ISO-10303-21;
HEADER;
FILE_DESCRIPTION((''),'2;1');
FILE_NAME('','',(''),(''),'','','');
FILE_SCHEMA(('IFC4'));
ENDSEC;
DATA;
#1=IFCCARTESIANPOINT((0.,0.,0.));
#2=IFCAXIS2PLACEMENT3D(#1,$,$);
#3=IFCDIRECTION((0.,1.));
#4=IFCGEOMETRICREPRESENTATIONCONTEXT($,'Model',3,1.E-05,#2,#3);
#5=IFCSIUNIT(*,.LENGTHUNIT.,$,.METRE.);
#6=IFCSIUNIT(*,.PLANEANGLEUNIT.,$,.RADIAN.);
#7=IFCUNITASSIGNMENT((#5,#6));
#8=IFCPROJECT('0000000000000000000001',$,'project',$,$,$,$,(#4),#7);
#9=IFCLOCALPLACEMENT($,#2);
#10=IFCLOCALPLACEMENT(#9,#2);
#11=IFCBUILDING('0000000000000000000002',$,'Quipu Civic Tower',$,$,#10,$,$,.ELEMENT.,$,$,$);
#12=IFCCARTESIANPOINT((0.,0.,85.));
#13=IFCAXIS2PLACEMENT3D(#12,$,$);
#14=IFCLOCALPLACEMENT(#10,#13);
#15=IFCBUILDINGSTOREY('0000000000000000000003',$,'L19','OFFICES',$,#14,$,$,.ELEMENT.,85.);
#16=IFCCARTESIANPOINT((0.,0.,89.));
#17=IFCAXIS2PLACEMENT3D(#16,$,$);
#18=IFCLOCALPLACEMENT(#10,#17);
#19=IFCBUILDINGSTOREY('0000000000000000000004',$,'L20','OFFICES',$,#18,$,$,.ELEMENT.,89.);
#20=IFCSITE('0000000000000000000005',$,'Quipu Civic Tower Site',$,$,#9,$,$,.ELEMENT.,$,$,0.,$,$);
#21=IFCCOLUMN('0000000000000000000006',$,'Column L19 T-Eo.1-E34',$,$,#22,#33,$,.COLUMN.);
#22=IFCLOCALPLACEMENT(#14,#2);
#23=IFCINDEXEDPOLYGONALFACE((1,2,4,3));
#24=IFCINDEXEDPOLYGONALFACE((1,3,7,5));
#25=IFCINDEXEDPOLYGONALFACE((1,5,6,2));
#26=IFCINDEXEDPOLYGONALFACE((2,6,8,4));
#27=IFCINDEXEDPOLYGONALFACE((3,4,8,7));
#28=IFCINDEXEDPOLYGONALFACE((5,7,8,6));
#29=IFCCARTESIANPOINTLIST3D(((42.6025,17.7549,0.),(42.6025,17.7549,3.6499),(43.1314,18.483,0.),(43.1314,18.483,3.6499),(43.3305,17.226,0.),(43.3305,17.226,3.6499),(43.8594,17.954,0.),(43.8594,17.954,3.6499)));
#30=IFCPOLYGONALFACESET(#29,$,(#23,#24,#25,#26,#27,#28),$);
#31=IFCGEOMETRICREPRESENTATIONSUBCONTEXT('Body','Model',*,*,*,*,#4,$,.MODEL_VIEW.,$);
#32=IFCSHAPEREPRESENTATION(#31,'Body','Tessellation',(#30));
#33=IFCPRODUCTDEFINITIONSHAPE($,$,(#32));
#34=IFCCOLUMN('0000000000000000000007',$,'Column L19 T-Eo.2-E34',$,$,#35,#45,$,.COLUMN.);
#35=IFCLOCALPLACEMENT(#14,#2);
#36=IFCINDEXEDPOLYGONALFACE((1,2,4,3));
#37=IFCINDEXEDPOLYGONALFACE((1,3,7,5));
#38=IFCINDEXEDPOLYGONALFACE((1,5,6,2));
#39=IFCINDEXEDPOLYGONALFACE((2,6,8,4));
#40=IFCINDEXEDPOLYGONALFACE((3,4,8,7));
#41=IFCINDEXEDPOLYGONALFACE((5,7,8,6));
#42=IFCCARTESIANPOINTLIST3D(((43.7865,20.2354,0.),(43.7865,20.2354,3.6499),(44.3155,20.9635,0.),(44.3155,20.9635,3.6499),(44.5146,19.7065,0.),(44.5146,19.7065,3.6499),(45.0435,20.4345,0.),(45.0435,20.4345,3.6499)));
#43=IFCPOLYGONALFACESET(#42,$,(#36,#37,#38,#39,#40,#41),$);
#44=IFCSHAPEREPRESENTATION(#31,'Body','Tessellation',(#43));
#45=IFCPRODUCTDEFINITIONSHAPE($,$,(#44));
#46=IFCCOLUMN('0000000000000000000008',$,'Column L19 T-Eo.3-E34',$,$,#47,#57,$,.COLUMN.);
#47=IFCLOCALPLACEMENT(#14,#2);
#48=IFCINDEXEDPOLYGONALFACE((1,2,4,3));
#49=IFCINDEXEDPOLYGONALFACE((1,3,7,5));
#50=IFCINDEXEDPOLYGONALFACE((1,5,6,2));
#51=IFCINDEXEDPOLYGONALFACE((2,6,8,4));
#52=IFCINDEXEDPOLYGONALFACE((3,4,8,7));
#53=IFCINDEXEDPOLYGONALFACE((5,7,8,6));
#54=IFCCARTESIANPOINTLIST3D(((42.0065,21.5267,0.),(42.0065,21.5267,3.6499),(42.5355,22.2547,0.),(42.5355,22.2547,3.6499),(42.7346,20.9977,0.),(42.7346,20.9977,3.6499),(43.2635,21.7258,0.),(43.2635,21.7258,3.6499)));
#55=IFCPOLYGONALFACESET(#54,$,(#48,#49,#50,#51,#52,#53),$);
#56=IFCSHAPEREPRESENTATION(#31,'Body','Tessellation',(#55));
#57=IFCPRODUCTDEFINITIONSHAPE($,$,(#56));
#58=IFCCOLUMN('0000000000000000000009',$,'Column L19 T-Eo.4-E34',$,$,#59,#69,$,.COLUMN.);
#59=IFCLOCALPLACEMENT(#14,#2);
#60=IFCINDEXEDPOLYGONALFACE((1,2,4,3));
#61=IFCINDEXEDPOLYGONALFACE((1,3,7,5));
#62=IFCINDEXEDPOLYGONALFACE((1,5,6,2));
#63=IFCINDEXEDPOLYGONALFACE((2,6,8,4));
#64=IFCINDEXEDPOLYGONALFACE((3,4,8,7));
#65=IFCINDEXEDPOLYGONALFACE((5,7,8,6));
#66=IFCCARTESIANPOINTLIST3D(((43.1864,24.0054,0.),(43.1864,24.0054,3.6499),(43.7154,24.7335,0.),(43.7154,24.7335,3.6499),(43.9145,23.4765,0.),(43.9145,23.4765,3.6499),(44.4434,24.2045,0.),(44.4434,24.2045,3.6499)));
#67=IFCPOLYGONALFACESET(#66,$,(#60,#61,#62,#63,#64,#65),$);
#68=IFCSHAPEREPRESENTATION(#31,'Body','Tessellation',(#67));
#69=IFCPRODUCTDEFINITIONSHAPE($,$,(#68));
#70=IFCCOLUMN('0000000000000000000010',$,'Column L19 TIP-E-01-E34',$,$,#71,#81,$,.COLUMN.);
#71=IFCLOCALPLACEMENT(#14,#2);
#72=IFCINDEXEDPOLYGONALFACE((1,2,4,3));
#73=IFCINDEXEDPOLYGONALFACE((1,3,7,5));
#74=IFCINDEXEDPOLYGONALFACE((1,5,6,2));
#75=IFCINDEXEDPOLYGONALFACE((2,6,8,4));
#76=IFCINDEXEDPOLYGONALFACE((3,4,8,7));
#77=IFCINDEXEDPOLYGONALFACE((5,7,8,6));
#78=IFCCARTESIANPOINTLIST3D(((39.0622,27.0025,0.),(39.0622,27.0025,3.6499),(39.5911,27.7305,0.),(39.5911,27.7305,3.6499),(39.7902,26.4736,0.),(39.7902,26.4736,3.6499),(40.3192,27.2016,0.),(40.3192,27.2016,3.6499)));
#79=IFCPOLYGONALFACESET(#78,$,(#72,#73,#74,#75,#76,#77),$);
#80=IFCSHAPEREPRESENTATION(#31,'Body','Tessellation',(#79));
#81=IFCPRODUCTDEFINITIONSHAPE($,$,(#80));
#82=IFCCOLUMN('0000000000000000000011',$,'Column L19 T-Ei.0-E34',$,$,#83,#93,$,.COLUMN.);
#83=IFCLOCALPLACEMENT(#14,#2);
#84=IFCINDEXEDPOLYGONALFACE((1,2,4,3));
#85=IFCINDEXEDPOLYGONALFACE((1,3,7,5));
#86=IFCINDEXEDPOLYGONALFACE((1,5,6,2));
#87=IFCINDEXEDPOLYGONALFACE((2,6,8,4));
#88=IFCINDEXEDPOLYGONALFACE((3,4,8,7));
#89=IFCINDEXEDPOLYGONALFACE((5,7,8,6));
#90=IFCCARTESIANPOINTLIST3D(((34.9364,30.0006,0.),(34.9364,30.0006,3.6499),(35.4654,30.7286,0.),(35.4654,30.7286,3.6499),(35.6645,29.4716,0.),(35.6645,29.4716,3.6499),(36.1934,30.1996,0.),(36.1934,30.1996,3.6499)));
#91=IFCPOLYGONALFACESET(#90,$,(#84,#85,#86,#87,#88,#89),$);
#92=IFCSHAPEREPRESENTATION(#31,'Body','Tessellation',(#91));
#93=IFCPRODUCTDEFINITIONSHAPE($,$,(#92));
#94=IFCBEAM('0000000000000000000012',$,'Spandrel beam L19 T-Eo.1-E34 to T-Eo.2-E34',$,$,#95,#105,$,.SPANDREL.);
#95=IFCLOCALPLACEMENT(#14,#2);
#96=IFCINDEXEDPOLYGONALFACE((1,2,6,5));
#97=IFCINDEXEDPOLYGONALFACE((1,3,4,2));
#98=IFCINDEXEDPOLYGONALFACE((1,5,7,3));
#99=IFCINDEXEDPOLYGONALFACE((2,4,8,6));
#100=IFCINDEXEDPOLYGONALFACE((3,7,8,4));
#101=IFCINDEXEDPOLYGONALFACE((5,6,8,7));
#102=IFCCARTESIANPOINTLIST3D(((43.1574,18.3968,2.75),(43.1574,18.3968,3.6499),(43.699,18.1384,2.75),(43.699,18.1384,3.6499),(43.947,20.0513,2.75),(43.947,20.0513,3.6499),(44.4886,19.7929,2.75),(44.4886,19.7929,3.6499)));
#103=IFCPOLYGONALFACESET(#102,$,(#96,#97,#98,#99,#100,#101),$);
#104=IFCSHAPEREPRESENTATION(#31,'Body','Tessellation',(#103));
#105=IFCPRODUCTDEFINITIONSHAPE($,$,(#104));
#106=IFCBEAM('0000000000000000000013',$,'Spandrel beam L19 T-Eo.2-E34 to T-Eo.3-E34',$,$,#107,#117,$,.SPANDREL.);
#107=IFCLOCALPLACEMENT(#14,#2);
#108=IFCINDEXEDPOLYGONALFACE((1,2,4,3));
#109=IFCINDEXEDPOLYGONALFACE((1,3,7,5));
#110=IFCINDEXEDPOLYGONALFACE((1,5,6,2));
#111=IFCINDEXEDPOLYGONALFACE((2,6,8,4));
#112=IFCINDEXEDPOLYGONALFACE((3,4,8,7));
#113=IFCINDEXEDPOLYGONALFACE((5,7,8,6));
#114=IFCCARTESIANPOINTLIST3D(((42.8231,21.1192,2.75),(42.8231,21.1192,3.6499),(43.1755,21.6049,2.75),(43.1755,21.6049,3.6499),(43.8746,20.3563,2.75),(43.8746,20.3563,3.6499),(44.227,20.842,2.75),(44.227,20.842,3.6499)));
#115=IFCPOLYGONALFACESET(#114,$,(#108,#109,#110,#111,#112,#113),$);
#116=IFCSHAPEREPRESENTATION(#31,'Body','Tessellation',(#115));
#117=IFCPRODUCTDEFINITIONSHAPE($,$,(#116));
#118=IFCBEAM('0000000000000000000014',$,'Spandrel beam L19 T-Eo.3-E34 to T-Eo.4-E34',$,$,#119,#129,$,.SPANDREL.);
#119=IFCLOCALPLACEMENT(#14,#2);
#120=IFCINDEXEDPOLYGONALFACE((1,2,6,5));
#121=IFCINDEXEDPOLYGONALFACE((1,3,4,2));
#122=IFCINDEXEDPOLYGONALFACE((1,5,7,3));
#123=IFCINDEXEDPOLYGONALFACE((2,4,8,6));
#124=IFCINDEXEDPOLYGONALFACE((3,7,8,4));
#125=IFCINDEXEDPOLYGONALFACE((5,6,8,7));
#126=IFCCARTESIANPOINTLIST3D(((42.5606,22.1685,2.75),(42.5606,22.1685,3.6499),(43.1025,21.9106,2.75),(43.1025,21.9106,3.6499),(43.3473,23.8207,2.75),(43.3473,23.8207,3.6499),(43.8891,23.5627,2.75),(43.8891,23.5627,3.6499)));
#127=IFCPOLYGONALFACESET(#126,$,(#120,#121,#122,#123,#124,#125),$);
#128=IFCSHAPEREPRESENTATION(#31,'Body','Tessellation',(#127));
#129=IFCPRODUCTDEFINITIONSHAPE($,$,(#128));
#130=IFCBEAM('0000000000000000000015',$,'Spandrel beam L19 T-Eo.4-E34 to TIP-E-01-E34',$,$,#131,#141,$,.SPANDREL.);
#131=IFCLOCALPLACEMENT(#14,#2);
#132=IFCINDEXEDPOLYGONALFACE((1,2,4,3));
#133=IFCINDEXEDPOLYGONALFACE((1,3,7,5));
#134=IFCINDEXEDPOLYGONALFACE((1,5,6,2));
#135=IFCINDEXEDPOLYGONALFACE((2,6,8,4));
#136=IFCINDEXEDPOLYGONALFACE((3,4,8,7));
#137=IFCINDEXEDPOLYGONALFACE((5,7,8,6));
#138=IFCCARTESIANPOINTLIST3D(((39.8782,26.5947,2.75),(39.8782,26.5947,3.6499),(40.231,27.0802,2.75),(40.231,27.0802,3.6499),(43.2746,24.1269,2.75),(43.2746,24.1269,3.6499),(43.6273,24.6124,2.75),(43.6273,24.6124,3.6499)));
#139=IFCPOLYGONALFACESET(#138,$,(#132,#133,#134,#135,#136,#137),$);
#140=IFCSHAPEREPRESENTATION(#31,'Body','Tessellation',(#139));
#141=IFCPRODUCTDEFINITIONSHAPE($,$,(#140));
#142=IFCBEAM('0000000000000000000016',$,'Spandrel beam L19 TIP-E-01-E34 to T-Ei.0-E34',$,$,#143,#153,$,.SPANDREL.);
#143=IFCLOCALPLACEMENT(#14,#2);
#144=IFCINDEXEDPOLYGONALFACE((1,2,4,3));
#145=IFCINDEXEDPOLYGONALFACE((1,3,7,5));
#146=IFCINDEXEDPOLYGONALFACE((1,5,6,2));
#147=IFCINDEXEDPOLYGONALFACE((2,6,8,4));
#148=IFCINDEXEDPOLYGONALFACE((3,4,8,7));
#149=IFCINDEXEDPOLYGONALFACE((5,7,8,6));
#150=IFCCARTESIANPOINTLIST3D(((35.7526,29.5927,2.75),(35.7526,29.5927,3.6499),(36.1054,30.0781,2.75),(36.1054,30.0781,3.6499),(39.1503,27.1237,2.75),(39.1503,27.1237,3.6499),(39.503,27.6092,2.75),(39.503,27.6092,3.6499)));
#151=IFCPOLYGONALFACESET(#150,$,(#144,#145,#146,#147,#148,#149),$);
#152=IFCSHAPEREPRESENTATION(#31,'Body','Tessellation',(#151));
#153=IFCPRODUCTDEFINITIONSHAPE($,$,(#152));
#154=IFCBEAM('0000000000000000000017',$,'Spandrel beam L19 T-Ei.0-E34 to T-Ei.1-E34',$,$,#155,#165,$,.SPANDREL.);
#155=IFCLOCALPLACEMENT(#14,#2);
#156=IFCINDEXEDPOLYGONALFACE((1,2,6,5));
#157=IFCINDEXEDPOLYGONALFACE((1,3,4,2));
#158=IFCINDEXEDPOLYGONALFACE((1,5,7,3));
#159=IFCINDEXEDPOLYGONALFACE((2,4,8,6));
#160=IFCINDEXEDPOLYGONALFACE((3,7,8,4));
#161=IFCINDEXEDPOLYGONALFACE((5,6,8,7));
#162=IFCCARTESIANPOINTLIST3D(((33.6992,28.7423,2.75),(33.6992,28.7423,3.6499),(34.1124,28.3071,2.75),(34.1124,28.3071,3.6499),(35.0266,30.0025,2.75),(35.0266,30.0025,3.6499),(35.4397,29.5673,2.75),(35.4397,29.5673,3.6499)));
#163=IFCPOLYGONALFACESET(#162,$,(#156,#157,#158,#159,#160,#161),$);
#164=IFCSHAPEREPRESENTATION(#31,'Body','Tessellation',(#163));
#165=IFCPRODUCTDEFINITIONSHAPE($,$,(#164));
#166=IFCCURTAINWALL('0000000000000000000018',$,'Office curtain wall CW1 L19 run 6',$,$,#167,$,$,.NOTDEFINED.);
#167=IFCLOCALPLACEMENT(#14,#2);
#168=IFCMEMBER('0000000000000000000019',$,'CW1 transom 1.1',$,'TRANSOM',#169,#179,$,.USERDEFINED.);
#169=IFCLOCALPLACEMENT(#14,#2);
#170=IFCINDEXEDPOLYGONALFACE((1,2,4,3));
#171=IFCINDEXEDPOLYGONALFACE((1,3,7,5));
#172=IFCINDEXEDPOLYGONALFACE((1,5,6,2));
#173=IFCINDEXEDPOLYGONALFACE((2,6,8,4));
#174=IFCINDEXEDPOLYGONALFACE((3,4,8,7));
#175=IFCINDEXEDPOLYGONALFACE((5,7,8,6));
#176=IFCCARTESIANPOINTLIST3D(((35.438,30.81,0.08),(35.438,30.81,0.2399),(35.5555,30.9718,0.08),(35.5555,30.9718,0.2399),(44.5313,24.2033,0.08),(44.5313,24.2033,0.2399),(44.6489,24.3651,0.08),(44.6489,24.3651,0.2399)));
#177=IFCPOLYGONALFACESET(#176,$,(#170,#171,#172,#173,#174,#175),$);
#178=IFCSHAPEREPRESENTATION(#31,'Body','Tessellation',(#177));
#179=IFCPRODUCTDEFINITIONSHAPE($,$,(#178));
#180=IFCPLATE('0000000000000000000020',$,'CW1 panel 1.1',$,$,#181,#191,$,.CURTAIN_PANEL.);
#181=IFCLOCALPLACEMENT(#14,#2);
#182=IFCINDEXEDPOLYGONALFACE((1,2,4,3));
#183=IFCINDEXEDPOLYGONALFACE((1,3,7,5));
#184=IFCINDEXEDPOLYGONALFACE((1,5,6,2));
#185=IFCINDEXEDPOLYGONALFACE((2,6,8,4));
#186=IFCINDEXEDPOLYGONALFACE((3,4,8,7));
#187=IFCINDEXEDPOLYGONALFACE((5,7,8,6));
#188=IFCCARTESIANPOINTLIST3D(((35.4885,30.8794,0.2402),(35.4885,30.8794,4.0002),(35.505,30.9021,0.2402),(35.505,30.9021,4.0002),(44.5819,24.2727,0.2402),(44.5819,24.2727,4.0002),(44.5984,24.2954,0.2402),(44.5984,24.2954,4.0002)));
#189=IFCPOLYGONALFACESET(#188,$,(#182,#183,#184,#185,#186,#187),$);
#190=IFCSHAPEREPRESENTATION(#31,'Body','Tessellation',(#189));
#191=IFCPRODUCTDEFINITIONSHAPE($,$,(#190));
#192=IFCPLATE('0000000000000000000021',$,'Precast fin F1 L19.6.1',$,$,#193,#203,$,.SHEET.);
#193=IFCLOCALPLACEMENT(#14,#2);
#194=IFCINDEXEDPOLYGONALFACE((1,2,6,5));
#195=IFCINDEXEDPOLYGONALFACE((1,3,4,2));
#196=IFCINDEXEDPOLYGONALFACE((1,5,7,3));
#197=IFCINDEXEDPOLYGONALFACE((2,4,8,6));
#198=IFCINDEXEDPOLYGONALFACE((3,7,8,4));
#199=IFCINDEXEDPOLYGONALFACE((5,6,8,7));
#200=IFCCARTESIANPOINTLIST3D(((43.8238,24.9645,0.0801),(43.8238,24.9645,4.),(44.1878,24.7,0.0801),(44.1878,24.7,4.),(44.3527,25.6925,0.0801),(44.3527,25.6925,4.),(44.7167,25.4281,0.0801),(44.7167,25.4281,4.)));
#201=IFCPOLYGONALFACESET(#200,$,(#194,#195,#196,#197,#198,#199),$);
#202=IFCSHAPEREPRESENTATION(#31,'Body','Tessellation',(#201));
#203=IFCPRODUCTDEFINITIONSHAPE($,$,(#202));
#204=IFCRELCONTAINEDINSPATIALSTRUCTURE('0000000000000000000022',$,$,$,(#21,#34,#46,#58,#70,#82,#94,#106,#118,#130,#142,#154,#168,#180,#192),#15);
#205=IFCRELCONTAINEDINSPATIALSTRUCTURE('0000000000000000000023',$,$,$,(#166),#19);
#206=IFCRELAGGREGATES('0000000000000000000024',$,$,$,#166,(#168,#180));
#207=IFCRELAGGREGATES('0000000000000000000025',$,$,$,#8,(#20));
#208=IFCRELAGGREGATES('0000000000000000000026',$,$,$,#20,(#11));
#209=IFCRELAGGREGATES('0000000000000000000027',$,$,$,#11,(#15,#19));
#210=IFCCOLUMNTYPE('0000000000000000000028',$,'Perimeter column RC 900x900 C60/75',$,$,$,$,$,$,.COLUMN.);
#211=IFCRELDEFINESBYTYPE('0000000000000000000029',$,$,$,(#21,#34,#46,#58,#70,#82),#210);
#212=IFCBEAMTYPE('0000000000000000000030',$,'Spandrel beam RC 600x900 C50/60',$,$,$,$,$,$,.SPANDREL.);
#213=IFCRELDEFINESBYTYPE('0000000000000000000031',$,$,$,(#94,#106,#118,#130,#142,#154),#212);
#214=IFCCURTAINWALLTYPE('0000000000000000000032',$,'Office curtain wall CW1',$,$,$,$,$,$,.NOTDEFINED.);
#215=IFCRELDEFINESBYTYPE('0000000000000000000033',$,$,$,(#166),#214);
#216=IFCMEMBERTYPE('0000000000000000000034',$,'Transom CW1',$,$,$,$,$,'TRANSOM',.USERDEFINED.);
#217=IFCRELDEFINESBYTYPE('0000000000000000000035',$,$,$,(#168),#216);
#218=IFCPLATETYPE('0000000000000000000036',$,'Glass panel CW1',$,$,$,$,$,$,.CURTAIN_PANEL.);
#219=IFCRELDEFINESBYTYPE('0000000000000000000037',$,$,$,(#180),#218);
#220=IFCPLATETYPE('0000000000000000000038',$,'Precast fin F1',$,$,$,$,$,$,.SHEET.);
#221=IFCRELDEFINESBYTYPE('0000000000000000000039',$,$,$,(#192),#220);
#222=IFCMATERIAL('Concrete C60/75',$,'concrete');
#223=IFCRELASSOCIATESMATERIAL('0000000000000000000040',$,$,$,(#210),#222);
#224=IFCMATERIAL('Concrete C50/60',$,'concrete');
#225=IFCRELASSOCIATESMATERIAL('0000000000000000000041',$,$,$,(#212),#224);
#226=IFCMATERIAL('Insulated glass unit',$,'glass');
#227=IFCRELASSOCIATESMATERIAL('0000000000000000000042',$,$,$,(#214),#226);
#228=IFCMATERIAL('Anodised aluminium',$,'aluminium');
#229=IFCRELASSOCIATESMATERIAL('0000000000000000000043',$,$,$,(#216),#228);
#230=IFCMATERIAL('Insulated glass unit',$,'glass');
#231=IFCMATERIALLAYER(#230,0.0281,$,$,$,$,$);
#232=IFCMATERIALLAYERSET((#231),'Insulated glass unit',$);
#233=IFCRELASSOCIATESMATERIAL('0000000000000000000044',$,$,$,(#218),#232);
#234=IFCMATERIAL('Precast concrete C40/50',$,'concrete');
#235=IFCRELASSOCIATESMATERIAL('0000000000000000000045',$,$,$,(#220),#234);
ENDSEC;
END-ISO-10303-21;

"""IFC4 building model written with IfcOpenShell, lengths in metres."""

from ifc_helpers import new_model, si_unit, direction, frame, origin, origin_2d, place, context, subcontext, project, spatial, rectangle, extrude, material, layer, layer_set, material_profile, profile_set, type_object, element, aggregate, save


model = new_model("IFC4")

# Units and contexts
model_context = context("Model", 3, precision=1e-05, world=origin(), true_north=direction((0.0, 1.0)))
body_context = subcontext(model_context, "Body", "Model", "MODEL_VIEW")
ifc_project = project(units=[si_unit("LENGTHUNIT", "METRE"), si_unit("PLANEANGLEUNIT", "RADIAN")], contexts=[model_context])

# Site, building, storey
site_placement = place(None, origin())
site = spatial("IfcSite", under=ifc_project, at=site_placement, Name="Quipu Civic Tower Site", CompositionType="ELEMENT", RefElevation=0.0)
building_placement = place(site_placement, origin())
building = spatial("IfcBuilding", under=site, at=building_placement, Name="Quipu Civic Tower", CompositionType="ELEMENT")
storey_1_placement = place(building_placement, frame((0.0, 0.0, 85.0)))
storey_1 = spatial("IfcBuildingStorey", under=building, at=storey_1_placement, Name="L19", Description="OFFICES", CompositionType="ELEMENT", Elevation=85.0)

# Columns
ifc_material_1 = material(Name="Concrete C60/75", Category="concrete")
ifc_material_profile_1 = material_profile(ifc_material_1, rectangle(XDim=0.8999, YDim=0.8999, at=origin_2d()), Name="RC900x900")
ifc_profile_set_1 = profile_set([ifc_material_profile_1], Name="Concrete C60/75")
column_type = type_object("IfcColumnType", Name="Perimeter column RC 900x900 C60/75", PredefinedType="COLUMN", material=ifc_profile_set_1)
for number, where, z_axis, x_axis, name in (
    (1, (43.231, 17.8545, 0.0), (0.0, 0.0, 1.0), (0.587785, 0.809017, 0.0), "Column L19 T-Eo.1-E34"),
    (2, (44.415, 20.335, 0.0), (0.0, 0.0, 1.0), (0.587785, 0.809017, 0.0), "Column L19 T-Eo.2-E34"),
    (3, (42.635, 21.6262, 0.0), (0.0, 0.0, 1.0), (-0.809017, 0.587785, 0.0), "Column L19 T-Eo.3-E34"),
    (4, (43.8149, 24.105, 0.0), (0.0, 0.0, 1.0), (-0.809017, 0.587785, 0.0), "Column L19 T-Eo.4-E34"),
    (5, (39.6907, 27.1021, 0.0), (0.0, 0.0, 1.0), (-0.809017, 0.587785, 0.0), "Column L19 TIP-E-01-E34"),
    (6, (35.5649, 30.1001, 0.0), (0.0, 0.0, 1.0), (-0.587785, -0.809017, 0.0), "Column L19 T-Ei.0-E34"),
):
    element("IfcColumn", number, at=place(storey_1_placement, frame(where, z_axis=z_axis, x_axis=x_axis)), inside=storey_1, type_object=column_type, Name=name, PredefinedType="COLUMN", context=body_context, shape_type="SweptSolid", body=[
        extrude(rectangle(XDim=0.8999, YDim=0.8999, at=origin_2d()), origin(), (0.0, 0.0, 1.0), 3.6499),
    ])

# Beams
ifc_material_2 = material(Name="Concrete C50/60", Category="concrete")
ifc_material_profile_2 = material_profile(ifc_material_2, rectangle(XDim=0.6001, YDim=0.8999, at=origin_2d()), Name="RC600x900")
ifc_profile_set_2 = profile_set([ifc_material_profile_2], Name="Concrete C50/60")
beam_type = type_object("IfcBeamType", Name="Spandrel beam RC 600x900 C50/60", PredefinedType="SPANDREL", material=ifc_profile_set_2)
beam_1_placement = place(storey_1_placement, frame((43.4282, 18.2676, 3.2), z_axis=(0.430678, 0.902506, 0.0), x_axis=(-0.902506, 0.430678, 0.0)))
element("IfcBeam", 7, at=beam_1_placement, inside=storey_1, type_object=beam_type, Name="Spandrel beam L19 T-Eo.1-E34 to T-Eo.2-E34", PredefinedType="SPANDREL", context=body_context, shape_type="SweptSolid", body=[
    extrude(rectangle(XDim=0.6001, YDim=0.8999, at=origin_2d()), origin(), (0.0, 0.0, 1.0), 1.8333),
])
beam_2_placement = place(storey_1_placement, frame((44.0508, 20.5991, 3.2), z_axis=(-0.809394, 0.587266, 0.0), x_axis=(-0.587266, -0.809394, 0.0)))
element("IfcBeam", 8, at=beam_2_placement, inside=storey_1, type_object=beam_type, Name="Spandrel beam L19 T-Eo.2-E34 to T-Eo.3-E34", PredefinedType="SPANDREL", context=body_context, shape_type="SweptSolid", body=[
    extrude(rectangle(XDim=0.6001, YDim=0.8999, at=origin_2d()), origin(), (0.0, 0.0, 1.0), 1.2991),
])
beam_3_placement = place(storey_1_placement, frame((42.8315, 22.0396, 3.2), z_axis=(0.429892, 0.90288, 0.0), x_axis=(-0.90288, 0.429892, 0.0)))
element("IfcBeam", 9, at=beam_3_placement, inside=storey_1, type_object=beam_type, Name="Spandrel beam L19 T-Eo.3-E34 to T-Eo.4-E34", PredefinedType="SPANDREL", context=body_context, shape_type="SweptSolid", body=[
    extrude(rectangle(XDim=0.6001, YDim=0.8999, at=origin_2d()), origin(), (0.0, 0.0, 1.0), 1.8298),
])
beam_4_placement = place(storey_1_placement, frame((43.4509, 24.3696, 3.2), z_axis=(-0.808987, 0.587826, 0.0), x_axis=(-0.587826, -0.808987, 0.0)))
element("IfcBeam", 10, at=beam_4_placement, inside=storey_1, type_object=beam_type, Name="Spandrel beam L19 T-Eo.4-E34 to TIP-E-01-E34", PredefinedType="SPANDREL", context=body_context, shape_type="SweptSolid", body=[
    extrude(rectangle(XDim=0.6001, YDim=0.8999, at=origin_2d()), origin(), (0.0, 0.0, 1.0), 4.1982),
])
beam_5_placement = place(storey_1_placement, frame((39.3267, 27.3665, 3.2), z_axis=(-0.80897, 0.58785, 0.0), x_axis=(-0.58785, -0.80897, 0.0)))
element("IfcBeam", 11, at=beam_5_placement, inside=storey_1, type_object=beam_type, Name="Spandrel beam L19 TIP-E-01-E34 to T-Ei.0-E34", PredefinedType="SPANDREL", context=body_context, shape_type="SweptSolid", body=[
    extrude(rectangle(XDim=0.6001, YDim=0.8999, at=origin_2d()), origin(), (0.0, 0.0, 1.0), 4.2),
])
beam_6_placement = place(storey_1_placement, frame((35.2332, 29.7849, 3.2), z_axis=(-0.725209, -0.688529, 0.0), x_axis=(0.688529, -0.725209, 0.0)))
element("IfcBeam", 12, at=beam_6_placement, inside=storey_1, type_object=beam_type, Name="Spandrel beam L19 T-Ei.0-E34 to T-Ei.1-E34", PredefinedType="SPANDREL", context=body_context, shape_type="SweptSolid", body=[
    extrude(rectangle(XDim=0.6001, YDim=0.8999, at=origin_2d()), origin(), (0.0, 0.0, 1.0), 1.8303),
])

# Shared definitions
storey_2_placement = place(building_placement, frame((0.0, 0.0, 89.0)))
storey_2 = spatial("IfcBuildingStorey", under=building, at=storey_2_placement, Name="L20", Description="OFFICES", CompositionType="ELEMENT", Elevation=89.0)

# Curtain wall, member, plate
ifc_material_3 = material(Name="Insulated glass unit", Category="glass")
curtain_wall_type = type_object("IfcCurtainWallType", Name="Office curtain wall CW1", PredefinedType="NOTDEFINED", material=ifc_material_3)
curtain_wall_placement = place(storey_2_placement, origin())
curtain_wall = element("IfcCurtainWall", 13, at=curtain_wall_placement, inside=storey_2, type_object=curtain_wall_type, Name="Office curtain wall CW1 L19 run 6", PredefinedType="NOTDEFINED")
ifc_material_4 = material(Name="Anodised aluminium", Category="aluminium")
ifc_material_profile_3 = material_profile(ifc_material_4, rectangle(XDim=0.2, YDim=0.1599, at=origin_2d()), Name="RECT 200x160")
ifc_profile_set_3 = profile_set([ifc_material_profile_3], Name="Anodised aluminium")
member_type = type_object("IfcMemberType", Name="Transom CW1", ElementType="TRANSOM", PredefinedType="USERDEFINED", material=ifc_profile_set_3)
member_placement = place(storey_1_placement, frame((44.5901, 24.2842, 0.1599), z_axis=(-0.809015, 0.587788, 0.0), x_axis=(-0.587788, -0.809015, 0.0)))
member = element("IfcMember", 14, at=member_placement, inside=storey_1, type_object=member_type, Name="CW1 transom 1.1", ObjectType="TRANSOM", PredefinedType="USERDEFINED", context=body_context, shape_type="SweptSolid", body=[
    extrude(rectangle(XDim=0.2, YDim=0.1599, at=origin_2d()), origin(), (0.0, 0.0, 1.0), 11.24),
])
ifc_material_5 = material(Name="Insulated glass unit", Category="glass")
ifc_layer_1 = layer(ifc_material_5, 0.0281)
ifc_layer_set_1 = layer_set([ifc_layer_1], Name="Insulated glass unit")
plate_type_1 = type_object("IfcPlateType", Name="Glass panel CW1", PredefinedType="CURTAIN_PANEL", material=ifc_layer_set_1)
plate_placement = place(storey_1_placement, frame((40.0435, 27.5874, 0.2402), z_axis=(0.0, 0.0, 1.0), x_axis=(-0.809015, 0.587788, 0.0)))
plate = element("IfcPlate", 15, at=plate_placement, inside=storey_1, type_object=plate_type_1, Name="CW1 panel 1.1", PredefinedType="CURTAIN_PANEL", context=body_context, shape_type="SweptSolid", body=[
    extrude(rectangle(XDim=11.24, YDim=0.0281, at=origin_2d()), origin(), (0.0, 0.0, 1.0), 3.76),
])
aggregate(curtain_wall, [member, plate])

# Plate
ifc_material_6 = material(Name="Precast concrete C40/50", Category="concrete")
plate_type_2 = type_object("IfcPlateType", Name="Precast fin F1", PredefinedType="SHEET", material=ifc_material_6)
for number, where, z_axis, x_axis, name in (
    (16, (44.2703, 25.1963, 0.0801), (0.0, 0.0, 1.0), (-0.809017, 0.587785, 0.0), "Precast fin F1 L19.6.1"),
):
    element("IfcPlate", number, at=place(storey_1_placement, frame(where, z_axis=z_axis, x_axis=x_axis)), inside=storey_1, type_object=plate_type_2, Name=name, PredefinedType="SHEET", context=body_context, shape_type="SweptSolid", body=[
        extrude(rectangle(XDim=0.45, YDim=0.8999, at=origin_2d()), origin(), (0.0, 0.0, 1.0), 3.9199),
    ])

save(model, "model.ifc")
